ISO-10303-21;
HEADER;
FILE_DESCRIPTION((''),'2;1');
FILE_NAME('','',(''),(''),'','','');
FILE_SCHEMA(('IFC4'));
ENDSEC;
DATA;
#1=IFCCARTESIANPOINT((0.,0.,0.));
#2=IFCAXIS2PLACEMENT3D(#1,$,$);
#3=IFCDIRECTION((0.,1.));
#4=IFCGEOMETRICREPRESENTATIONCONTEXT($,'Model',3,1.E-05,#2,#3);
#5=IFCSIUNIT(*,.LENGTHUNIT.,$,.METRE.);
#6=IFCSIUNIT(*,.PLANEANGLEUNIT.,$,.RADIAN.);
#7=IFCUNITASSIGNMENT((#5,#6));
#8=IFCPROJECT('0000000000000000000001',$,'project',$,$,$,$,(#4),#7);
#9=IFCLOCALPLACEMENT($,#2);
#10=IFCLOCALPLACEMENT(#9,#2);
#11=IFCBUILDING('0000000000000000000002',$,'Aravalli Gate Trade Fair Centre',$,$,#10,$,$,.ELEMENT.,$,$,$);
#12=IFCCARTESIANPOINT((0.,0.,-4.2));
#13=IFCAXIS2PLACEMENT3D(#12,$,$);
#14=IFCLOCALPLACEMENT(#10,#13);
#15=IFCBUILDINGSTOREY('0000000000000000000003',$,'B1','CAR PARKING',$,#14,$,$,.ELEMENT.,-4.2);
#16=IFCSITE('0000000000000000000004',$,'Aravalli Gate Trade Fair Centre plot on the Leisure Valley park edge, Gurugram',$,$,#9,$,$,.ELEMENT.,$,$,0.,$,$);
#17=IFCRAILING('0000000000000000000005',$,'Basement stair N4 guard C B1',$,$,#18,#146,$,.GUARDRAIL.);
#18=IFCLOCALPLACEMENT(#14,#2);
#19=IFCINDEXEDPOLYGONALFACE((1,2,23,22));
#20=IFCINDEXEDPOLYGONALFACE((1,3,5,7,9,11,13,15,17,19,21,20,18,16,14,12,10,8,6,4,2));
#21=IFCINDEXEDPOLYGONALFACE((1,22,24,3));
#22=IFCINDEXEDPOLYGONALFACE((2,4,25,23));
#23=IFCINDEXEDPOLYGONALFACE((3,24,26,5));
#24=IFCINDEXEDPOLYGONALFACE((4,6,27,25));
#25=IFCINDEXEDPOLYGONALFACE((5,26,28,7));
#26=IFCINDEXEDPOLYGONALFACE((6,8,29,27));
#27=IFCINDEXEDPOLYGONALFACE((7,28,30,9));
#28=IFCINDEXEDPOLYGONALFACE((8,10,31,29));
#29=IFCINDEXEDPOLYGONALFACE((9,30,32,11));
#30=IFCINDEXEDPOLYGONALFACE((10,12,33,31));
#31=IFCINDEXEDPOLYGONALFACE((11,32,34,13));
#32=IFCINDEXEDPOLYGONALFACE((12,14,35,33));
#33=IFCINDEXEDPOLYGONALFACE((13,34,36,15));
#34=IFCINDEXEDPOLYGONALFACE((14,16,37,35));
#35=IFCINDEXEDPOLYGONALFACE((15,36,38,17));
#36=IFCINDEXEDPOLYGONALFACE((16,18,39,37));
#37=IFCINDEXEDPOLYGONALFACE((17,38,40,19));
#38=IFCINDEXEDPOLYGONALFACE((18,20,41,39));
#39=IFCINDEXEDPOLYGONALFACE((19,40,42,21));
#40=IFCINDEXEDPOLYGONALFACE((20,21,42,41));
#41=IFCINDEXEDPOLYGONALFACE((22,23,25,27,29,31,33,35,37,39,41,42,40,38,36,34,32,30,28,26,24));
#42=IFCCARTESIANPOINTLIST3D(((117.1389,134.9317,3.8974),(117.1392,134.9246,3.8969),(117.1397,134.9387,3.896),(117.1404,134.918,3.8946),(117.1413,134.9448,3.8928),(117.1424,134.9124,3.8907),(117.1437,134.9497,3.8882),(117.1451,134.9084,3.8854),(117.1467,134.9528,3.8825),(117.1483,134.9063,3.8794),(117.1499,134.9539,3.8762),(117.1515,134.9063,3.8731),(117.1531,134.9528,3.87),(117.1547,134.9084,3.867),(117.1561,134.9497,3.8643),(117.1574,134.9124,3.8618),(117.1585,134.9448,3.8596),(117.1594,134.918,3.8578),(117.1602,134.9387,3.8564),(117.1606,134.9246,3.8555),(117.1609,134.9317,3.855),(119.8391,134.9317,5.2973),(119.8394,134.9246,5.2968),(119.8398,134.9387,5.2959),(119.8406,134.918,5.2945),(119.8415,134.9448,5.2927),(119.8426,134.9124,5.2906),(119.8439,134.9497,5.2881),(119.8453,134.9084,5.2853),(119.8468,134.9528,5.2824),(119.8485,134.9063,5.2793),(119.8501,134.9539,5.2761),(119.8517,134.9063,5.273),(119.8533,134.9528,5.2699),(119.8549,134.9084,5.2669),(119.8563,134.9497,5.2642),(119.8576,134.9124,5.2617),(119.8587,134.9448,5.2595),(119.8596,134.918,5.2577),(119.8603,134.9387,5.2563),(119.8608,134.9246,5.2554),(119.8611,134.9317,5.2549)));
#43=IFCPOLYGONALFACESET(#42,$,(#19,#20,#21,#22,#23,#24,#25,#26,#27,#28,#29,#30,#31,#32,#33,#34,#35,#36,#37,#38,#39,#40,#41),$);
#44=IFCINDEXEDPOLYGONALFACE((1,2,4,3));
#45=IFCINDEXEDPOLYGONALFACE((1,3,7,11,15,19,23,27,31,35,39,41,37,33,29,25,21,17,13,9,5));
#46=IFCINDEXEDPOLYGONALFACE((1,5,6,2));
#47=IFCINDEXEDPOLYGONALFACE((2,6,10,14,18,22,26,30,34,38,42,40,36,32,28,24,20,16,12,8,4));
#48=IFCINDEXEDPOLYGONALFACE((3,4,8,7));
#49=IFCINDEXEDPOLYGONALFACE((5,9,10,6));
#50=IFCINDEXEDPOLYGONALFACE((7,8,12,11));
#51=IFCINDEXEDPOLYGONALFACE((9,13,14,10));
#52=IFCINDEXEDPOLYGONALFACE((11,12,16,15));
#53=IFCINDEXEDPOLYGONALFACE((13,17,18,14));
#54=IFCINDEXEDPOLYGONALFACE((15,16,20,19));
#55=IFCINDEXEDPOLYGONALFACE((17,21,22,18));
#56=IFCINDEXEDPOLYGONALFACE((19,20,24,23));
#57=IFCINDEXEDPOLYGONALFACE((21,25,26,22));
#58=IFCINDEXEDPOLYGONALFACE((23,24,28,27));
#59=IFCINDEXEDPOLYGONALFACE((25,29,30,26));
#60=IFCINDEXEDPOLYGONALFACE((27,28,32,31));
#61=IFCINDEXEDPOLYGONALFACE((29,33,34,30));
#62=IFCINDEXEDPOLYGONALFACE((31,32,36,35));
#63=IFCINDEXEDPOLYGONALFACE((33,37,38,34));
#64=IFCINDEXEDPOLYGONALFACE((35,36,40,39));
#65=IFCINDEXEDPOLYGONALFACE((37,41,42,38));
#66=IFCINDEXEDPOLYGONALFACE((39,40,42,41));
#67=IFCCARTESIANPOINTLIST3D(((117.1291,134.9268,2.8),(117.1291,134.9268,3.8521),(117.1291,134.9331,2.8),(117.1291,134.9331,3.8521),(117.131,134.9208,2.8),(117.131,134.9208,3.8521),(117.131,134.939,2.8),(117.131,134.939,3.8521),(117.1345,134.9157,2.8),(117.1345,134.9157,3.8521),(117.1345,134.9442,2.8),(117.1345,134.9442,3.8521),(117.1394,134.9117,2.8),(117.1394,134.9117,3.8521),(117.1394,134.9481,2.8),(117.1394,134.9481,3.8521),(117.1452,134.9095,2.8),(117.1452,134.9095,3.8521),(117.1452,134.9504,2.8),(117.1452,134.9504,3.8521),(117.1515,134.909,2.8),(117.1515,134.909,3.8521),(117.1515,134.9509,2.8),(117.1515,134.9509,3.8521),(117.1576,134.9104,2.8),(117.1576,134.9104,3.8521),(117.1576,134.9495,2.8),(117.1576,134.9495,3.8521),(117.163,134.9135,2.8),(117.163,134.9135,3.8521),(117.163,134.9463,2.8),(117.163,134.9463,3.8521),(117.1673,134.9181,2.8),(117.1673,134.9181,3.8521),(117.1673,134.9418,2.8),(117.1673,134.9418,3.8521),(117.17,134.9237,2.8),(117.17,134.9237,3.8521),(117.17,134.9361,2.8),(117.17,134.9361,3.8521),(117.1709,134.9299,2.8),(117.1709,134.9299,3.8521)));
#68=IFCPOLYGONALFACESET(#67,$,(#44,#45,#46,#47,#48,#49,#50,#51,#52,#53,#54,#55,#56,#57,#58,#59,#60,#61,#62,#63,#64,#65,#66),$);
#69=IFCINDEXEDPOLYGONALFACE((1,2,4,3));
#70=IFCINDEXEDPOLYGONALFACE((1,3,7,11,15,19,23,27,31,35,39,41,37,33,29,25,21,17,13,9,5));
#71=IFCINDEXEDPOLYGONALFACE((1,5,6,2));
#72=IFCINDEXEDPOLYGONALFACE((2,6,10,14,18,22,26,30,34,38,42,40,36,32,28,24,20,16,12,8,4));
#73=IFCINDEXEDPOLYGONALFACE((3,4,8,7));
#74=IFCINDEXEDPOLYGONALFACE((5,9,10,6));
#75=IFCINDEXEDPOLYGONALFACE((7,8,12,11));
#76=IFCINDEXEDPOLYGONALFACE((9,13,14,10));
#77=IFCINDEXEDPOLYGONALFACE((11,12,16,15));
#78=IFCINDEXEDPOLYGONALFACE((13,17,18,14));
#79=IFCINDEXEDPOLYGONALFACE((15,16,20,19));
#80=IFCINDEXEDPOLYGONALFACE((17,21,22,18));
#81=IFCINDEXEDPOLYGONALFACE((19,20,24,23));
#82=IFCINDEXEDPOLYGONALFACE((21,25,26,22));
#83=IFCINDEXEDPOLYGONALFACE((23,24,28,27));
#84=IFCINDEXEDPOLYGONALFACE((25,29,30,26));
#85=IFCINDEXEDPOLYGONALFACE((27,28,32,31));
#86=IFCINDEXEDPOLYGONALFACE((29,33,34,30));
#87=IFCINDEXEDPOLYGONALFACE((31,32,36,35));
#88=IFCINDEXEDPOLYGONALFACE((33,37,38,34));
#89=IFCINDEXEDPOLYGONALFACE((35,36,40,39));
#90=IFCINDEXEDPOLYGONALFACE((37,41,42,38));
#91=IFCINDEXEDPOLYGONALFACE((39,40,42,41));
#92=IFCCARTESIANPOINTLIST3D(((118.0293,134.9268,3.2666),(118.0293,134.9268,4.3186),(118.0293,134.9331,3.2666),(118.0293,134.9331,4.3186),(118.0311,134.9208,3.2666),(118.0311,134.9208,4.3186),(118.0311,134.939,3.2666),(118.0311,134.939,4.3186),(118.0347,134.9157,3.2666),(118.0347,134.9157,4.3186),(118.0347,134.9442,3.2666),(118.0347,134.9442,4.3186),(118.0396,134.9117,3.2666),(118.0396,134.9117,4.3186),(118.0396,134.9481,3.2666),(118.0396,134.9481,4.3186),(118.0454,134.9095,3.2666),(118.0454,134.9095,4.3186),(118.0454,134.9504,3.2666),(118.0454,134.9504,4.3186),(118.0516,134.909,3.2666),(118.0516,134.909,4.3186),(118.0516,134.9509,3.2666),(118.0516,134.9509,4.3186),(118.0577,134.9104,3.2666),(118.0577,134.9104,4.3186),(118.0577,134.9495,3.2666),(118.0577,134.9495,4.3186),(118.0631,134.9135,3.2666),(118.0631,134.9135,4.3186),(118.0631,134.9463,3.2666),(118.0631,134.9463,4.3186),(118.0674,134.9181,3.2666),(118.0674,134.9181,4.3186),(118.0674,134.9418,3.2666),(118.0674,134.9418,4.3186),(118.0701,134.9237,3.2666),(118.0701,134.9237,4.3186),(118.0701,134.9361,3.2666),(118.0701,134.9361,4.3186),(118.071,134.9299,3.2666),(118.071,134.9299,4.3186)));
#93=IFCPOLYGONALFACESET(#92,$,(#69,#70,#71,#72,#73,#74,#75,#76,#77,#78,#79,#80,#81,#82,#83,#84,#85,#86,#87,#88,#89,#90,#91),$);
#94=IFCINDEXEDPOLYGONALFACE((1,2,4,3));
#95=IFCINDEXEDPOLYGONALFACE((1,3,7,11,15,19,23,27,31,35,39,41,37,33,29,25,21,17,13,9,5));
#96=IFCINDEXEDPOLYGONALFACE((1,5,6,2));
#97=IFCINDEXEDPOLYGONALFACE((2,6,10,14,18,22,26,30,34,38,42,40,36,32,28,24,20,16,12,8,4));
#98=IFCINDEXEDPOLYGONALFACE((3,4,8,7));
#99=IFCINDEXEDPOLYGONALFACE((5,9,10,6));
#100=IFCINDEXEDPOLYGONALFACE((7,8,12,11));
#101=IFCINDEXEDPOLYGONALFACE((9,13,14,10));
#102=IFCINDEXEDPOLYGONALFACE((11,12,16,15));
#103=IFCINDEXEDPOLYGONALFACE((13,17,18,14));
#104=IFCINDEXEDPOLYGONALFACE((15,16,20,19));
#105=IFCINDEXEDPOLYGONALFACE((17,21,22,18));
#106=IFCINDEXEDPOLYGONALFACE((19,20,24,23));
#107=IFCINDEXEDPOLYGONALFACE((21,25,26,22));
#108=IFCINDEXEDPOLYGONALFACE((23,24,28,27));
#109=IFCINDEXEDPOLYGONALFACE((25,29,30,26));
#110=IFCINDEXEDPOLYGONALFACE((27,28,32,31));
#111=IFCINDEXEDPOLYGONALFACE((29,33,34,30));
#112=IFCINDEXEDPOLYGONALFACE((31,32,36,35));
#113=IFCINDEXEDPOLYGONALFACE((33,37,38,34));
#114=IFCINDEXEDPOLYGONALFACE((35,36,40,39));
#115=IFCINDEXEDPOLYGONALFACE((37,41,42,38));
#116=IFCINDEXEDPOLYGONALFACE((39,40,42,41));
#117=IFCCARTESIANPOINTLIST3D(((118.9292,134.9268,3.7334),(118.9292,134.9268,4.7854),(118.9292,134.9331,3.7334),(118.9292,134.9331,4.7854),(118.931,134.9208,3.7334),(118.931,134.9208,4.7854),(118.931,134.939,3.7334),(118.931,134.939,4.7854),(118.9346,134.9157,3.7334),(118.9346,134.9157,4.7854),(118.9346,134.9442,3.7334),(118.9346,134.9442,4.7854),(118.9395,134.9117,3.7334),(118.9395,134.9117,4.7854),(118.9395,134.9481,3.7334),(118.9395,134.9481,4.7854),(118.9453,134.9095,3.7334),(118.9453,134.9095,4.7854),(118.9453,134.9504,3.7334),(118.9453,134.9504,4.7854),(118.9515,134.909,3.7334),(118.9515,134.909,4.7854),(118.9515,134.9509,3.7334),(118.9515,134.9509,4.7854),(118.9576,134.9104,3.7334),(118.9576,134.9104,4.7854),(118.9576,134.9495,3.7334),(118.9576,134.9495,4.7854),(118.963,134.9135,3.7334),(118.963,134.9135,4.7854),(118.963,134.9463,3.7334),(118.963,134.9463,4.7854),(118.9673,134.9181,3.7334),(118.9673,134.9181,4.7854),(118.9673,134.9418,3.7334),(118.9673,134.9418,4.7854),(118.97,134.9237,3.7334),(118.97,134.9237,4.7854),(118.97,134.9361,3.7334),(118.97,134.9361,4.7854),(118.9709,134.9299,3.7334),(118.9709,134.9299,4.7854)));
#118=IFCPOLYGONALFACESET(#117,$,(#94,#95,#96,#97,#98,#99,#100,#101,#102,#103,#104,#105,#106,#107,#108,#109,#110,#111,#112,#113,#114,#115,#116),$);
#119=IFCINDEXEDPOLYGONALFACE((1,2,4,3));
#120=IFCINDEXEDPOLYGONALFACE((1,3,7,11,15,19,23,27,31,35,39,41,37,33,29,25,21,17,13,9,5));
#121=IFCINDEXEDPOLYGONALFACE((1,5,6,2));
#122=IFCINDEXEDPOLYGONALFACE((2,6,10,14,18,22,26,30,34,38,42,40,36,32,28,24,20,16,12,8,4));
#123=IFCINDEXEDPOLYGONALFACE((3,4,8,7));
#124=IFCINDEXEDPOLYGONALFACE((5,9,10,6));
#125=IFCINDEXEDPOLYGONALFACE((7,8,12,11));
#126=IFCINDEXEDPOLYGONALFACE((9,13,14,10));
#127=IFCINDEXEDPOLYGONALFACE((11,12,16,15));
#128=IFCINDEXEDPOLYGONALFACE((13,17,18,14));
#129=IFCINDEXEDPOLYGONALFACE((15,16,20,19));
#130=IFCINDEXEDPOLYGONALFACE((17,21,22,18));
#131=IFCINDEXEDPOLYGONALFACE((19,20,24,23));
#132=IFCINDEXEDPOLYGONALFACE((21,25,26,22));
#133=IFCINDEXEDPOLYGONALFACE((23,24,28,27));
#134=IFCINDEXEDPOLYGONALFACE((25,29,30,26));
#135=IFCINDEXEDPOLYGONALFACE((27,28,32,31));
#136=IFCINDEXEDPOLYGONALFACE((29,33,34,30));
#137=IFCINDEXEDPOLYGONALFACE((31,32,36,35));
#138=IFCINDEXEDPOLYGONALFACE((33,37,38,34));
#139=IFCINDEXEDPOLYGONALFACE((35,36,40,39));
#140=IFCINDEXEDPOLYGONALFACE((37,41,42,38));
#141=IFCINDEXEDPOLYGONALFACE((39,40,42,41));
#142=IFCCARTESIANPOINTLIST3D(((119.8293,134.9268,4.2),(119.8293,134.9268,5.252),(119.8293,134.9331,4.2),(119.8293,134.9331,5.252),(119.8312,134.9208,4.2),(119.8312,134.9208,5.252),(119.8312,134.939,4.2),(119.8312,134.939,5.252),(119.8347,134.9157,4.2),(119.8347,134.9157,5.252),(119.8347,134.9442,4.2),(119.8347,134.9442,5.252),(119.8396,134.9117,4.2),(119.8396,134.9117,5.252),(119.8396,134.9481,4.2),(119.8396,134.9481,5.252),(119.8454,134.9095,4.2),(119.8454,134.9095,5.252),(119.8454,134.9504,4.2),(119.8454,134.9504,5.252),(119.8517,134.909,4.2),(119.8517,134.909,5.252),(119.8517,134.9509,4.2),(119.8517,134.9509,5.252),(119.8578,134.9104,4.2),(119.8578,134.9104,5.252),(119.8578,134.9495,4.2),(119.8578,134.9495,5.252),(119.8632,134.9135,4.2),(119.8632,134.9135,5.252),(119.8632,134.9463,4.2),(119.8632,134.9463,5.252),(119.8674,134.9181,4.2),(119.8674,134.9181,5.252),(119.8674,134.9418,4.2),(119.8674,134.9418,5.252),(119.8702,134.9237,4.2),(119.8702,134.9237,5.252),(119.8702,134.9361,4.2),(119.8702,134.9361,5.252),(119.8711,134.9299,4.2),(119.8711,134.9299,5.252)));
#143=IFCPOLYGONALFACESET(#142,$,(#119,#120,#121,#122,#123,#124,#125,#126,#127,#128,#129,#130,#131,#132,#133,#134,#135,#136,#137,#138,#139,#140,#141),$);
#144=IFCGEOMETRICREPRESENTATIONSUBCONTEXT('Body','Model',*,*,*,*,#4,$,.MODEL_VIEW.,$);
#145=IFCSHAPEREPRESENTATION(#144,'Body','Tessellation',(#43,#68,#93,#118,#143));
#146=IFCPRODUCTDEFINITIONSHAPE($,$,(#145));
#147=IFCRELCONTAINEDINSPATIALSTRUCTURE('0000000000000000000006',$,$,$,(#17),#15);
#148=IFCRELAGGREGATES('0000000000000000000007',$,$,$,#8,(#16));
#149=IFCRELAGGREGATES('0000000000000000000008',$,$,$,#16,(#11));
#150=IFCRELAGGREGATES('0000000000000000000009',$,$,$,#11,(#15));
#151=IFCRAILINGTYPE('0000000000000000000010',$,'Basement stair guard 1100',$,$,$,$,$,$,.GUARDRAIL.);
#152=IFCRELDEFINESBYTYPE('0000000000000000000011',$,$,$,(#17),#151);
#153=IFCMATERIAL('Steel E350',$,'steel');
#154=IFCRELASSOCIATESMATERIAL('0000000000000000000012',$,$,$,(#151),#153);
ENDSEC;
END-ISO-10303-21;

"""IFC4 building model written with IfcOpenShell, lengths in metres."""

from ifc_helpers import new_model, si_unit, direction, frame, origin, origin_2d, place, context, subcontext, project, spatial, circle, extrude, material, type_object, element, save


model = new_model("IFC4")

# Units and contexts
model_context = context("Model", 3, precision=1e-05, world=origin(), true_north=direction((0.0, 1.0)))
body_context = subcontext(model_context, "Body", "Model", "MODEL_VIEW")
ifc_project = project(units=[si_unit("LENGTHUNIT", "METRE"), si_unit("PLANEANGLEUNIT", "RADIAN")], contexts=[model_context])

# Site, building, storey
site_placement = place(None, origin())
site = spatial("IfcSite", under=ifc_project, at=site_placement, Name="Aravalli Gate Trade Fair Centre plot on the Leisure Valley park edge, Gurugram", CompositionType="ELEMENT", RefElevation=0.0)
building_placement = place(site_placement, origin())
building = spatial("IfcBuilding", under=site, at=building_placement, Name="Aravalli Gate Trade Fair Centre", CompositionType="ELEMENT")
storey_placement = place(building_placement, frame((0.0, 0.0, -4.2)))
storey = spatial("IfcBuildingStorey", under=building, at=storey_placement, Name="B1", Description="CAR PARKING", CompositionType="ELEMENT", Elevation=-4.2)

# Railing
ifc_material_1 = material(Name="Steel E350", Category="steel")
railing_type_1 = type_object("IfcRailingType", Name="Basement stair guard 1100", PredefinedType="GUARDRAIL", material=ifc_material_1)
railing_1_placement = place(storey_placement, frame((117.1499, 134.9299, 2.8)))
element("IfcRailing", 1, at=railing_1_placement, inside=storey, type_object=railing_type_1, Name="Basement stair N4 guard C B1", PredefinedType="GUARDRAIL", context=body_context, shape_type="SweptSolid", body=[
    extrude(circle(Radius=0.0239, at=origin_2d()), frame((0.0, 0.0, 1.0762), z_axis=(0.887781, 0.0, 0.460266), x_axis=(0.0, 1.0, 0.0)), (0.0, 0.0, 1.0), 3.0415),
    extrude(circle(Radius=0.021, at=origin_2d()), origin(), (0.0, 0.0, 1.0), 1.052),
    extrude(circle(Radius=0.021, at=origin_2d()), frame((0.9001, 0.0, 0.4666)), (0.0, 0.0, 1.0), 1.052),
    extrude(circle(Radius=0.021, at=origin_2d()), frame((1.8, 0.0, 0.9333)), (0.0, 0.0, 1.0), 1.052),
    extrude(circle(Radius=0.021, at=origin_2d()), frame((2.7002, 0.0, 1.3999)), (0.0, 0.0, 1.0), 1.052),
])

save(model, "model.ifc")
